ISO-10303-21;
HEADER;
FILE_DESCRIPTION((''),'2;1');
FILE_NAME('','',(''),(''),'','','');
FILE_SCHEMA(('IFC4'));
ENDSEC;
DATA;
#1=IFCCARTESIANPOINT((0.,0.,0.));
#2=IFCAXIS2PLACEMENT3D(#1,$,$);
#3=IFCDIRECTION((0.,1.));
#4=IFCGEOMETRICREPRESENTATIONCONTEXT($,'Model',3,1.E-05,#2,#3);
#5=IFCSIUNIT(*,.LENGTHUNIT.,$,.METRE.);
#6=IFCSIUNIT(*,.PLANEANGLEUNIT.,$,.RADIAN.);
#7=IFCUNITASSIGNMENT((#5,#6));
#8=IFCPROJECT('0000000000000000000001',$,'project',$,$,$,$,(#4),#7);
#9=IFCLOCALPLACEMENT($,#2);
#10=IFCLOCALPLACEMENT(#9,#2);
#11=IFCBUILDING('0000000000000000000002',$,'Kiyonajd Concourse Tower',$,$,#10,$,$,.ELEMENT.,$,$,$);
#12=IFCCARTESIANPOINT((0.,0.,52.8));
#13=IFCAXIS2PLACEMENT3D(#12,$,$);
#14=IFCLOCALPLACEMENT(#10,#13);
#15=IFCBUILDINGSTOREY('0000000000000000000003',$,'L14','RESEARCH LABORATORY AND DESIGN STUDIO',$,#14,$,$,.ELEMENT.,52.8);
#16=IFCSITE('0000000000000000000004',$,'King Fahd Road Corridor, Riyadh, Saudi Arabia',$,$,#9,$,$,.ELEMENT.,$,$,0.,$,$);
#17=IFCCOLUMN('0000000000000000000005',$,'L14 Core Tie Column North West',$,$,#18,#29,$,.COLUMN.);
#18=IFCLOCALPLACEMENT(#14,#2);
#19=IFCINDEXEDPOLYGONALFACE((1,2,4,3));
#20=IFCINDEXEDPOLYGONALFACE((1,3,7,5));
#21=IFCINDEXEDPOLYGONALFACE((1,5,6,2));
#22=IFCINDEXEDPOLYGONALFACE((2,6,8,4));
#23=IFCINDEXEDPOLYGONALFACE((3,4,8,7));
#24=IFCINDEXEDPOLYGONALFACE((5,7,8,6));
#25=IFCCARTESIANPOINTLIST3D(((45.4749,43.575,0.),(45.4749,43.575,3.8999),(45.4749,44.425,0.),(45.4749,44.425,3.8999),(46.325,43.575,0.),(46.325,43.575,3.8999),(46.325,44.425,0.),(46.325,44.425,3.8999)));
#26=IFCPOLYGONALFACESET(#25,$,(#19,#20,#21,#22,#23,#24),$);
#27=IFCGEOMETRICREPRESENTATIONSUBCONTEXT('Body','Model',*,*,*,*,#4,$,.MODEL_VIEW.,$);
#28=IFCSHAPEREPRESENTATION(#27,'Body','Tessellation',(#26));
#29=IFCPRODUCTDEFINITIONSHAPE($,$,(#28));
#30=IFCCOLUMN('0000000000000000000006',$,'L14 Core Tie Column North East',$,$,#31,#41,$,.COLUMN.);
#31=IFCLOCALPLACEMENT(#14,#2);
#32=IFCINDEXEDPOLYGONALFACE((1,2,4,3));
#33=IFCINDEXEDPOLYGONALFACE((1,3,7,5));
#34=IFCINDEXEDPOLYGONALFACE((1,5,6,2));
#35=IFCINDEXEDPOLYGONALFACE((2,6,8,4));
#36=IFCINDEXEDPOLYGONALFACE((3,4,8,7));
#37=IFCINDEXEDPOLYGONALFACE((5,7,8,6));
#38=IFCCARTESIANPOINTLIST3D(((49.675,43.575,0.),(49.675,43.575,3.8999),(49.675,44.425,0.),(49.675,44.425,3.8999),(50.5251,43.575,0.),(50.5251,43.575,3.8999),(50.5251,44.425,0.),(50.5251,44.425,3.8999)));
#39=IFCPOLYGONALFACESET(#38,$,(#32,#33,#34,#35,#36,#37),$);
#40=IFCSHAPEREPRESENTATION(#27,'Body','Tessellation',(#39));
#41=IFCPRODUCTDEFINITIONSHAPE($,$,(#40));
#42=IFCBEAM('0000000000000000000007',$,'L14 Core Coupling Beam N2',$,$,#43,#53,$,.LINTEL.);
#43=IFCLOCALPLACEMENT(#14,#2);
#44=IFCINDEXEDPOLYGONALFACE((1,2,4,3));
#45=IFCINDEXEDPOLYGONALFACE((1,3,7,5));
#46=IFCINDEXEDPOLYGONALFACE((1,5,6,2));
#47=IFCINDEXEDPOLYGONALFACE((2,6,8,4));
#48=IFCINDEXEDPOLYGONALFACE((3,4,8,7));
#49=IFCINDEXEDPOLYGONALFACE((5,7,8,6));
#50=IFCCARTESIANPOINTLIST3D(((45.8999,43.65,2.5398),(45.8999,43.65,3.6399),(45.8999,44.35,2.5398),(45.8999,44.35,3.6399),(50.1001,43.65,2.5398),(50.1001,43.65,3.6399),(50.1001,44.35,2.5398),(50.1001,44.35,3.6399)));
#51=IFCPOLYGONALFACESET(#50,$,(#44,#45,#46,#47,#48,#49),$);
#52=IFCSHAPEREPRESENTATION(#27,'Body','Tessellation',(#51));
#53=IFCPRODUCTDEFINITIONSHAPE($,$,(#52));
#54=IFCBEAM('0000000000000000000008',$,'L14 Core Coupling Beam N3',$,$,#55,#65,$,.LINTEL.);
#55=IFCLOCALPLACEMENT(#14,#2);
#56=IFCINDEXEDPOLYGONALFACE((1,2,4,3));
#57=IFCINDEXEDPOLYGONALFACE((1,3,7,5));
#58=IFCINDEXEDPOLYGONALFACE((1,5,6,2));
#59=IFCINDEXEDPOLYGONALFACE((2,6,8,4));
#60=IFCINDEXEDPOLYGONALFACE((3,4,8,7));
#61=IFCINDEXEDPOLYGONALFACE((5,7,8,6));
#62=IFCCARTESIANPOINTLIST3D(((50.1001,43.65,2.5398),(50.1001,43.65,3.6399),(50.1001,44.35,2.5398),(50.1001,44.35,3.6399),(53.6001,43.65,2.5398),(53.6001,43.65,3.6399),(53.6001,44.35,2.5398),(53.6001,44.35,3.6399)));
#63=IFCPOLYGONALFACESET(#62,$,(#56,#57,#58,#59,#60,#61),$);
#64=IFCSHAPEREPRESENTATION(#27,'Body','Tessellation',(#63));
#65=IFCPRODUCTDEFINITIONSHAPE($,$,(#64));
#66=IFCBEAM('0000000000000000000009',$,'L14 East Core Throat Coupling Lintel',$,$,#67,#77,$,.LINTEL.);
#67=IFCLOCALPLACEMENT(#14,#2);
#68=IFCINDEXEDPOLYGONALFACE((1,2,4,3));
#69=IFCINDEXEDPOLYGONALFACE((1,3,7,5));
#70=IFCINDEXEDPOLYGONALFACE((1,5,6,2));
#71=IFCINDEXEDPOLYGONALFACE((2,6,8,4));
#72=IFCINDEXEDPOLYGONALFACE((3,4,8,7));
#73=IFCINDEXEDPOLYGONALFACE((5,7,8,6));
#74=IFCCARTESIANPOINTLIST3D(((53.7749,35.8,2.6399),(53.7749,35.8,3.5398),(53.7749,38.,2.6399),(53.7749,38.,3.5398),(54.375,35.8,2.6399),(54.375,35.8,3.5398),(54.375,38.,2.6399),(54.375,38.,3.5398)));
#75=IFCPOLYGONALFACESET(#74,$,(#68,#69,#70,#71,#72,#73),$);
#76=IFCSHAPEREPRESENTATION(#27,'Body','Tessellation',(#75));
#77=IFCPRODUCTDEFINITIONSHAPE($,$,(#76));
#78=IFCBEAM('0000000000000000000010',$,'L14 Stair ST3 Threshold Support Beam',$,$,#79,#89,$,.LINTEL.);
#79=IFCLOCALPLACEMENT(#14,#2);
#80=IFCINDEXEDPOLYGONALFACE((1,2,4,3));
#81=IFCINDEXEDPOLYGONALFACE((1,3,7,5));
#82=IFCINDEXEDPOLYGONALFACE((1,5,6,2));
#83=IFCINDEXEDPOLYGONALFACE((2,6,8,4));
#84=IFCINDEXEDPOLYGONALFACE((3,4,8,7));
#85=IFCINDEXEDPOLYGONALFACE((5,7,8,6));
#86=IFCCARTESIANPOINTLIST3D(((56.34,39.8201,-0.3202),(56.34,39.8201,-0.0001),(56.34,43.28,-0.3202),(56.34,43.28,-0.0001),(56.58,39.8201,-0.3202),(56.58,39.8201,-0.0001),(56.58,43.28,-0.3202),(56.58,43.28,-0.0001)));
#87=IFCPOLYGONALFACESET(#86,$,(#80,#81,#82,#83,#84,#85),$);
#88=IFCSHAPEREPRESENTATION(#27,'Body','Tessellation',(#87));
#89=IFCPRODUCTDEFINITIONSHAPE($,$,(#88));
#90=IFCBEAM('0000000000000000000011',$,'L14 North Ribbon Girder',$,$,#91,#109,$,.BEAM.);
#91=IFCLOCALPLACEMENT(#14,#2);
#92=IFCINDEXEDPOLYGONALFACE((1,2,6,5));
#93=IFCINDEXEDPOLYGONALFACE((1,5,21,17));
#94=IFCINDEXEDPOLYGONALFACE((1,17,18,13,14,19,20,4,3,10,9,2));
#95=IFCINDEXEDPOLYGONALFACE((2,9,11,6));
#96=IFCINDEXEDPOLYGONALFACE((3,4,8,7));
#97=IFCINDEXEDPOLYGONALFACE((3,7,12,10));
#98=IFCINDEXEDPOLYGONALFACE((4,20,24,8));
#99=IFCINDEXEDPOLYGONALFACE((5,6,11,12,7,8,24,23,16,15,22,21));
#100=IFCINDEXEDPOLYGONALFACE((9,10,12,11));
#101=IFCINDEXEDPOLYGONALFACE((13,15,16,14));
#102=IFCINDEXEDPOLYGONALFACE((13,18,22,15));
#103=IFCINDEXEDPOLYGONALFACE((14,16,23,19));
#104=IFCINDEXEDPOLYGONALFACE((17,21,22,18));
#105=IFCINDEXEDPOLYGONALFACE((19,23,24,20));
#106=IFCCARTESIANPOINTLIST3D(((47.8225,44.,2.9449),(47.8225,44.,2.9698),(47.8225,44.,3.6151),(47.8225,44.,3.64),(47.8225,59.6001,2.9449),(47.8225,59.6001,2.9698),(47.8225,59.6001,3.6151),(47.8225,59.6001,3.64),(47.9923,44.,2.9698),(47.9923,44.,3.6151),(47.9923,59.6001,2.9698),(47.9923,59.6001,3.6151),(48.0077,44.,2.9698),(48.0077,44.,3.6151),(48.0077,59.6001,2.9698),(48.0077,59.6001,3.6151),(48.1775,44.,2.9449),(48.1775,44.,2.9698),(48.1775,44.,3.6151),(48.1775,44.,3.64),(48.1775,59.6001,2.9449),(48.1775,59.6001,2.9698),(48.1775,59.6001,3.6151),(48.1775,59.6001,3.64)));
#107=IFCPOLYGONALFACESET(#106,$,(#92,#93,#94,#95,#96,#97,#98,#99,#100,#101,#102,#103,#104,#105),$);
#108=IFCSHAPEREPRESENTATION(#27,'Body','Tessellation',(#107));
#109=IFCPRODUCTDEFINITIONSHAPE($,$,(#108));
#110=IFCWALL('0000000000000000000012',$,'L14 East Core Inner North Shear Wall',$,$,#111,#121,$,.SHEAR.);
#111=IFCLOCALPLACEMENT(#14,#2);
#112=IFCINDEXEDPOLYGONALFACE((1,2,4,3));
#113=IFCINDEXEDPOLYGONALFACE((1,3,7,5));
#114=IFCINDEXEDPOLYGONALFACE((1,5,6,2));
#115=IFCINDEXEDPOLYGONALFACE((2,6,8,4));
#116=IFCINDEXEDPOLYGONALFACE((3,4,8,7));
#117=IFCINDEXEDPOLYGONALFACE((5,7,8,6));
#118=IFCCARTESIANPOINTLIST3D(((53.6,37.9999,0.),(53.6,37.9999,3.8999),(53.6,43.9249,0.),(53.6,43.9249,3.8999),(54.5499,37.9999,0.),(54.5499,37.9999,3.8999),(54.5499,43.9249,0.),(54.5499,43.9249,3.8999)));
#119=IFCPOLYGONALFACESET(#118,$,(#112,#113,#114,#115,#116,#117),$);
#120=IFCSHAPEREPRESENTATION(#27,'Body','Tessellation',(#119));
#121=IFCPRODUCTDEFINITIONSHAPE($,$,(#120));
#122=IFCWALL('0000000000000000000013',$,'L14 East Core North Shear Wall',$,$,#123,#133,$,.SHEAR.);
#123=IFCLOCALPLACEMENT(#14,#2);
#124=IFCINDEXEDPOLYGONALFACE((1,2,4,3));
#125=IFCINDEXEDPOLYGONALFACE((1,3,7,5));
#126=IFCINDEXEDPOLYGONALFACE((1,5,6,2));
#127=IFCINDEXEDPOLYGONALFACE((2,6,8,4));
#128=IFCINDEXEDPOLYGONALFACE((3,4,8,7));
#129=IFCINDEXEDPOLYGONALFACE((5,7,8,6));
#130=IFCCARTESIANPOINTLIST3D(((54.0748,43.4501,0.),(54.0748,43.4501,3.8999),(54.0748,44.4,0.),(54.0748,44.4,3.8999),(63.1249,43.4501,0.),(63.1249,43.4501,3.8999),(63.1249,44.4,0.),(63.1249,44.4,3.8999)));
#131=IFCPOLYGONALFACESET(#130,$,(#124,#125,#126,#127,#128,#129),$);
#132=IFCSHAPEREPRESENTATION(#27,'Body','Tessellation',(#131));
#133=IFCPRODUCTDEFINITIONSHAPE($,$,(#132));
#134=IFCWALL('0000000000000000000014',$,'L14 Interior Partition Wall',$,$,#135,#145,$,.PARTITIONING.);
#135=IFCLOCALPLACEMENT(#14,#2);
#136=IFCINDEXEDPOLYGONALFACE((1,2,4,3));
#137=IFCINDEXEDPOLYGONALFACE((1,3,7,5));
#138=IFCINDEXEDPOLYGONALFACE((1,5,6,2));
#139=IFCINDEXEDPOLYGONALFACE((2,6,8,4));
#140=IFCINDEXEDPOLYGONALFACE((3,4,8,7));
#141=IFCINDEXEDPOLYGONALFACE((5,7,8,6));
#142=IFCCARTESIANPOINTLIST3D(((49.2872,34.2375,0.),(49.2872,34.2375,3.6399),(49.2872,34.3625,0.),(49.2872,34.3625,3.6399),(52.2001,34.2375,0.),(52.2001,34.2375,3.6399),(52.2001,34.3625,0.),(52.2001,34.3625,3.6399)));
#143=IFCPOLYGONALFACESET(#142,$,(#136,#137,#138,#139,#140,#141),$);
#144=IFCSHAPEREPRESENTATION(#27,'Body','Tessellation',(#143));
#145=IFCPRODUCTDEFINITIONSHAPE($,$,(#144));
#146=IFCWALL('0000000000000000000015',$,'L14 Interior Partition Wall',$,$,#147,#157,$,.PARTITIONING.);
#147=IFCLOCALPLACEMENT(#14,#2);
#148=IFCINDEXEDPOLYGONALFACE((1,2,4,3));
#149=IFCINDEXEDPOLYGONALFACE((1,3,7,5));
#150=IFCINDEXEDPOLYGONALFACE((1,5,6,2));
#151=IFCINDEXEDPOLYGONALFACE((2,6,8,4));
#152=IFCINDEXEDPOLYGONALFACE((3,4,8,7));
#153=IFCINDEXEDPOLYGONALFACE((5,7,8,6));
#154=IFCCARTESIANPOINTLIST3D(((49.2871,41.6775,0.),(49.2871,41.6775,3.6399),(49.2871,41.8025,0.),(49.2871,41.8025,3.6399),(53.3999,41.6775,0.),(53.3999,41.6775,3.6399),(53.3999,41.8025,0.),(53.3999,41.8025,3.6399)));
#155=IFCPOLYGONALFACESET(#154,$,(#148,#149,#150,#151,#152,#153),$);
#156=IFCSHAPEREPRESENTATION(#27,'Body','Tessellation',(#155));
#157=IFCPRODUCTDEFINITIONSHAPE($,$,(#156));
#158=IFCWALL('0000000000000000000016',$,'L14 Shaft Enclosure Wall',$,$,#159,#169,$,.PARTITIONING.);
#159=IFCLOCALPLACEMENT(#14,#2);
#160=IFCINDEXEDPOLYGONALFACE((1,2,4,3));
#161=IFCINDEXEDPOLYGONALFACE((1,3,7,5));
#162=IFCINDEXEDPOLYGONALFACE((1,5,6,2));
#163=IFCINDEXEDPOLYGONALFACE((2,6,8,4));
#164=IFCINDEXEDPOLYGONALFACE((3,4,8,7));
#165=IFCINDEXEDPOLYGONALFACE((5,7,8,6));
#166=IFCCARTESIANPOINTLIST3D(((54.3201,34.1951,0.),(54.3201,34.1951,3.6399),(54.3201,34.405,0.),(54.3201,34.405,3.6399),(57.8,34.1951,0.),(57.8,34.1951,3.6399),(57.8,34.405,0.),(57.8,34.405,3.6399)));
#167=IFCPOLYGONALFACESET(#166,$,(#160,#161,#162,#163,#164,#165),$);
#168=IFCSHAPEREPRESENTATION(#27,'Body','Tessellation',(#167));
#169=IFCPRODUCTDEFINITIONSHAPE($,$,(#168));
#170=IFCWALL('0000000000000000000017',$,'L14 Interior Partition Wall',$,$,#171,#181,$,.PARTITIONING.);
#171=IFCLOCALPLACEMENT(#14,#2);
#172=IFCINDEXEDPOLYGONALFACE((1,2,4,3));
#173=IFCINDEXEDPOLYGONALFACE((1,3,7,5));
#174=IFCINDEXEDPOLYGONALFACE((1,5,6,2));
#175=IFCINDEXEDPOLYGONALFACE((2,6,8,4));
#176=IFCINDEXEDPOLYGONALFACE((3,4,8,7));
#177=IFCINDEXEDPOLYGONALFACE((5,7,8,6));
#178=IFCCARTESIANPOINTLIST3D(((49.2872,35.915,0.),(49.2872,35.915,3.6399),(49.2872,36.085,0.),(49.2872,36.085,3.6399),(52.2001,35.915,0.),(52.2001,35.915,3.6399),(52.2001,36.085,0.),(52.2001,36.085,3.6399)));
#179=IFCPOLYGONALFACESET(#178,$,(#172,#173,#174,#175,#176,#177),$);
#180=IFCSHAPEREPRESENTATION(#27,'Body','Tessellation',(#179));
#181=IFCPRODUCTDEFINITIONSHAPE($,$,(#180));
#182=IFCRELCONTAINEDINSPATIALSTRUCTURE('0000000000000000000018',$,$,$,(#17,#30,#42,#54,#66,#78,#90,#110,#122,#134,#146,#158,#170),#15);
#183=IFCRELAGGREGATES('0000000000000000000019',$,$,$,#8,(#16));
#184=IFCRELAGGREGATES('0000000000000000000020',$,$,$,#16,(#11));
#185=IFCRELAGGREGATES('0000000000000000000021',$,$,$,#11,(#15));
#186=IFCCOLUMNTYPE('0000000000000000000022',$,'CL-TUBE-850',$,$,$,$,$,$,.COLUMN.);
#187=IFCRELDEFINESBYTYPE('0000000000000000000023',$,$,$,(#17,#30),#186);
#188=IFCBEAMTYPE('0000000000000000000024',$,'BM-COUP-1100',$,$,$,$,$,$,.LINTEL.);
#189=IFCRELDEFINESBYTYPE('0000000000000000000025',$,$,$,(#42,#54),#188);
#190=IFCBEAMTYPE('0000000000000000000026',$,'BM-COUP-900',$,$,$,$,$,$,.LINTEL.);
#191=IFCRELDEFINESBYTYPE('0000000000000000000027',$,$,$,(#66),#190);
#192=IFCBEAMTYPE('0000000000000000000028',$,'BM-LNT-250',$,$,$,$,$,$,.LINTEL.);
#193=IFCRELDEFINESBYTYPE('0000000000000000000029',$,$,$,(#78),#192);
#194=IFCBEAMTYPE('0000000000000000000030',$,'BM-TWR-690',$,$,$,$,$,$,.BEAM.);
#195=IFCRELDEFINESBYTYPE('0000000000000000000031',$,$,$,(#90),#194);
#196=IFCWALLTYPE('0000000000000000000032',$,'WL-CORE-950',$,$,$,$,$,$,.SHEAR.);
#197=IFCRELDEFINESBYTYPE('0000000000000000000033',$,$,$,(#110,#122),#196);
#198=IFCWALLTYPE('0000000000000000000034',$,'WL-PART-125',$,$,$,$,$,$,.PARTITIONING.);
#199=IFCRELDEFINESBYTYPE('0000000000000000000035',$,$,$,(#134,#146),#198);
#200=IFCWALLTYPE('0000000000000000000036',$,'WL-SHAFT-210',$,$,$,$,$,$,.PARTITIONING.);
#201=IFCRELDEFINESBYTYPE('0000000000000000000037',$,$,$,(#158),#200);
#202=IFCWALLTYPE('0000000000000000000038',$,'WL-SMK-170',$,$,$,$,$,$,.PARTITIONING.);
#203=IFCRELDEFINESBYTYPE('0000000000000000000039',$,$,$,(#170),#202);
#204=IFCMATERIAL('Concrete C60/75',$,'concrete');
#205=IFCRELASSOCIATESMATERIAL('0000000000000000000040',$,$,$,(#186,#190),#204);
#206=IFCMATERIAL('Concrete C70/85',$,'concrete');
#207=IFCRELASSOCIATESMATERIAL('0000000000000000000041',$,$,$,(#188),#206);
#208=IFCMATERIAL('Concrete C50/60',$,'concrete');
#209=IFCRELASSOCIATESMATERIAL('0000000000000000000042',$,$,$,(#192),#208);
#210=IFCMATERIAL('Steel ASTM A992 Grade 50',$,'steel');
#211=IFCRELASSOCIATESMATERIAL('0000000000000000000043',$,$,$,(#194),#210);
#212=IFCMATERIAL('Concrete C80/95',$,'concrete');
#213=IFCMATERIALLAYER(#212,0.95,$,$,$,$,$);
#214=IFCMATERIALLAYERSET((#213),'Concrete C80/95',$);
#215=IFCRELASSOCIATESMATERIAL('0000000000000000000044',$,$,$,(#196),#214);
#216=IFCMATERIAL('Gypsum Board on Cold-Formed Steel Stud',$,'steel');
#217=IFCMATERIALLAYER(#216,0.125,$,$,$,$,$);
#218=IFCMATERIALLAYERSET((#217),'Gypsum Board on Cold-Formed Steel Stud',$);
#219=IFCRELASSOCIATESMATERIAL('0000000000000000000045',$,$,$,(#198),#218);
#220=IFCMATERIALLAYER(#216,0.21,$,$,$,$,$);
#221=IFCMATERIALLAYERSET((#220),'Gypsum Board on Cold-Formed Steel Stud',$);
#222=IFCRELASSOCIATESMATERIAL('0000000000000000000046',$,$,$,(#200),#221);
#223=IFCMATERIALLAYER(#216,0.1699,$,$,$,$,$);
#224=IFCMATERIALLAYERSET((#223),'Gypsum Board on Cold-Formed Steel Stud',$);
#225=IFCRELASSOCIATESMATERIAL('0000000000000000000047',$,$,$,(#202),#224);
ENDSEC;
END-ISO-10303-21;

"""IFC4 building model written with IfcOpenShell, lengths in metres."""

from ifc_helpers import new_model, si_unit, direction, frame, frame_2d, origin, origin_2d, place, context, subcontext, project, spatial, rectangle, i_section, extrude, material, layer, layer_set, material_profile, profile_set, type_object, element, save


model = new_model("IFC4")

# Units and contexts
model_context = context("Model", 3, precision=1e-05, world=origin(), true_north=direction((0.0, 1.0)))
body_context = subcontext(model_context, "Body", "Model", "MODEL_VIEW")
ifc_project = project(units=[si_unit("LENGTHUNIT", "METRE"), si_unit("PLANEANGLEUNIT", "RADIAN")], contexts=[model_context])

# Site, building, storey
site_placement = place(None, origin())
site = spatial("IfcSite", under=ifc_project, at=site_placement, Name="King Fahd Road Corridor, Riyadh, Saudi Arabia", CompositionType="ELEMENT", RefElevation=0.0)
building_placement = place(site_placement, origin())
building = spatial("IfcBuilding", under=site, at=building_placement, Name="Kiyonajd Concourse Tower", CompositionType="ELEMENT")
storey_placement = place(building_placement, frame((0.0, 0.0, 52.8)))
storey = spatial("IfcBuildingStorey", under=building, at=storey_placement, Name="L14", Description="RESEARCH LABORATORY AND DESIGN STUDIO", CompositionType="ELEMENT", Elevation=52.8)

# Columns
ifc_material_1 = material(Name="Concrete C60/75", Category="concrete")
ifc_material_profile_1 = material_profile(ifc_material_1, rectangle(XDim=0.8501, YDim=0.8501, at=origin_2d()), Name="RC-850x850")
ifc_profile_set_1 = profile_set([ifc_material_profile_1], Name="Concrete C60/75")
column_type = type_object("IfcColumnType", Name="CL-TUBE-850", PredefinedType="COLUMN", material=ifc_profile_set_1)
for number, where, z_axis, x_axis, name in (
    (1, (45.8999, 44.0, 0.0), (0.0, 0.0, 1.0), (1.0, 0.0, 0.0), "L14 Core Tie Column North West"),
    (2, (50.1001, 44.0, 0.0), (0.0, 0.0, 1.0), (1.0, 0.0, 0.0), "L14 Core Tie Column North East"),
):
    element("IfcColumn", number, at=place(storey_placement, frame(where, z_axis=z_axis, x_axis=x_axis)), inside=storey, type_object=column_type, Name=name, PredefinedType="COLUMN", context=body_context, shape_type="SweptSolid", body=[
        extrude(rectangle(XDim=0.8501, YDim=0.8501, at=origin_2d()), origin(), (0.0, 0.0, 1.0), 3.8999),
    ])

# Beams
ifc_material_2 = material(Name="Concrete C70/85", Category="concrete")
ifc_material_profile_2 = material_profile(ifc_material_2, rectangle(XDim=0.7, YDim=1.1001, at=origin_2d()), Name="RCBM-700x1100")
ifc_profile_set_2 = profile_set([ifc_material_profile_2], Name="Concrete C70/85")
beam_type_1 = type_object("IfcBeamType", Name="BM-COUP-1100", PredefinedType="LINTEL", material=ifc_profile_set_2)
beam_1_placement = place(storey_placement, frame((45.8999, 44.0, 3.0898), z_axis=(1.0, 0.0, 0.0), x_axis=(0.0, 1.0, 0.0)))
element("IfcBeam", 3, at=beam_1_placement, inside=storey, type_object=beam_type_1, Name="L14 Core Coupling Beam N2", PredefinedType="LINTEL", context=body_context, shape_type="SweptSolid", body=[
    extrude(rectangle(XDim=0.7, YDim=1.1001, at=origin_2d()), origin(), (0.0, 0.0, 1.0), 4.2002),
])
beam_2_placement = place(storey_placement, frame((50.1001, 44.0, 3.0898), z_axis=(1.0, 0.0, 0.0), x_axis=(0.0, 1.0, 0.0)))
element("IfcBeam", 4, at=beam_2_placement, inside=storey, type_object=beam_type_1, Name="L14 Core Coupling Beam N3", PredefinedType="LINTEL", context=body_context, shape_type="SweptSolid", body=[
    extrude(rectangle(XDim=0.7, YDim=1.1001, at=origin_2d()), origin(), (0.0, 0.0, 1.0), 3.5),
])
ifc_material_profile_3 = material_profile(ifc_material_1, rectangle(XDim=0.6001, YDim=0.8999, at=origin_2d()), Name="RCBM-600x900")
ifc_profile_set_3 = profile_set([ifc_material_profile_3], Name="Concrete C60/75")
beam_type_2 = type_object("IfcBeamType", Name="BM-COUP-900", PredefinedType="LINTEL", material=ifc_profile_set_3)
beam_3_placement = place(storey_placement, frame((54.075, 35.8, 3.0898), z_axis=(0.0, 1.0, 0.0), x_axis=(-1.0, 0.0, 0.0)))
element("IfcBeam", 5, at=beam_3_placement, inside=storey, type_object=beam_type_2, Name="L14 East Core Throat Coupling Lintel", PredefinedType="LINTEL", context=body_context, shape_type="SweptSolid", body=[
    extrude(rectangle(XDim=0.6001, YDim=0.8999, at=origin_2d()), origin(), (0.0, 0.0, 1.0), 2.2),
])
ifc_material_3 = material(Name="Concrete C50/60", Category="concrete")
ifc_material_profile_4 = material_profile(ifc_material_3, rectangle(XDim=0.24, YDim=0.3201, at=origin_2d()), Name="RCBM-240x320")
ifc_profile_set_4 = profile_set([ifc_material_profile_4], Name="Concrete C50/60")
beam_type_3 = type_object("IfcBeamType", Name="BM-LNT-250", PredefinedType="LINTEL", material=ifc_profile_set_4)
beam_4_placement = place(storey_placement, frame((56.46, 39.8201, -0.1602), z_axis=(0.0, 1.0, 0.0), x_axis=(-1.0, 0.0, 0.0)))
element("IfcBeam", 6, at=beam_4_placement, inside=storey, type_object=beam_type_3, Name="L14 Stair ST3 Threshold Support Beam", PredefinedType="LINTEL", context=body_context, shape_type="SweptSolid", body=[
    extrude(rectangle(XDim=0.24, YDim=0.3201, at=origin_2d()), origin(), (0.0, 0.0, 1.0), 3.46),
])
ifc_material_4 = material(Name="Steel ASTM A992 Grade 50", Category="steel")
ifc_material_profile_5 = material_profile(ifc_material_4, i_section(OverallWidth=0.355, OverallDepth=0.6951, WebThickness=0.0154, FlangeThickness=0.0249, at=origin_2d()), Name="W690X217")
ifc_profile_set_5 = profile_set([ifc_material_profile_5], Name="Steel ASTM A992 Grade 50")
beam_type_4 = type_object("IfcBeamType", Name="BM-TWR-690", PredefinedType="BEAM", material=ifc_profile_set_5)
beam_5_placement = place(storey_placement, frame((48.0, 44.0, 3.2925), z_axis=(0.0, 1.0, 0.0), x_axis=(-1.0, 0.0, 0.0)))
element("IfcBeam", 7, at=beam_5_placement, inside=storey, type_object=beam_type_4, Name="L14 North Ribbon Girder", PredefinedType="BEAM", context=body_context, shape_type="SweptSolid", body=[
    extrude(i_section(OverallWidth=0.355, OverallDepth=0.6951, WebThickness=0.0154, FlangeThickness=0.0249, at=origin_2d()), origin(), (0.0, 0.0, 1.0), 15.6001),
])

# Walls
ifc_material_5 = material(Name="Concrete C80/95", Category="concrete")
ifc_layer_1 = layer(ifc_material_5, 0.95)
ifc_layer_set_1 = layer_set([ifc_layer_1], Name="Concrete C80/95")
wall_type_1 = type_object("IfcWallType", Name="WL-CORE-950", PredefinedType="SHEAR", material=ifc_layer_set_1)
wall_1_placement = place(storey_placement, frame((54.075, 38.0, 0.0), z_axis=(0.0, 0.0, 1.0), x_axis=(0.0, 1.0, 0.0)))
element("IfcWall", 8, at=wall_1_placement, inside=storey, type_object=wall_type_1, Name="L14 East Core Inner North Shear Wall", PredefinedType="SHEAR", context=body_context, shape_type="SweptSolid", body=[
    extrude(rectangle(XDim=5.925, YDim=0.95, at=frame_2d((2.9624, 0.0))), origin(), (0.0, 0.0, 1.0), 3.8999),
])
wall_2_placement = place(storey_placement, frame((54.075, 43.925, 0.0), z_axis=(0.0, 0.0, 1.0), x_axis=(1.0, 0.0, 0.0)))
element("IfcWall", 9, at=wall_2_placement, inside=storey, type_object=wall_type_1, Name="L14 East Core North Shear Wall", PredefinedType="SHEAR", context=body_context, shape_type="SweptSolid", body=[
    extrude(rectangle(XDim=9.05, YDim=0.95, at=frame_2d((4.5249, 0.0))), origin(), (0.0, 0.0, 1.0), 3.8999),
])
ifc_material_6 = material(Name="Gypsum Board on Cold-Formed Steel Stud", Category="steel")
ifc_layer_2 = layer(ifc_material_6, 0.125)
ifc_layer_set_2 = layer_set([ifc_layer_2], Name="Gypsum Board on Cold-Formed Steel Stud")
wall_type_2 = type_object("IfcWallType", Name="WL-PART-125", PredefinedType="PARTITIONING", material=ifc_layer_set_2)
wall_3_placement = place(storey_placement, frame((49.2871, 34.3, 0.0), z_axis=(0.0, 0.0, 1.0), x_axis=(1.0, 0.0, 0.0)))
element("IfcWall", 10, at=wall_3_placement, inside=storey, type_object=wall_type_2, Name="L14 Interior Partition Wall", PredefinedType="PARTITIONING", context=body_context, shape_type="SweptSolid", body=[
    extrude(rectangle(XDim=2.9128, YDim=0.125, at=frame_2d((1.4565, 0.0))), origin(), (0.0, 0.0, 1.0), 3.6399),
])
wall_4_placement = place(storey_placement, frame((49.2871, 41.74, 0.0), z_axis=(0.0, 0.0, 1.0), x_axis=(1.0, 0.0, 0.0)))
element("IfcWall", 11, at=wall_4_placement, inside=storey, type_object=wall_type_2, Name="L14 Interior Partition Wall", PredefinedType="PARTITIONING", context=body_context, shape_type="SweptSolid", body=[
    extrude(rectangle(XDim=4.1128, YDim=0.125, at=frame_2d((2.0564, 0.0))), origin(), (0.0, 0.0, 1.0), 3.6399),
])
ifc_layer_3 = layer(ifc_material_6, 0.21)
ifc_layer_set_3 = layer_set([ifc_layer_3], Name="Gypsum Board on Cold-Formed Steel Stud")
wall_type_3 = type_object("IfcWallType", Name="WL-SHAFT-210", PredefinedType="PARTITIONING", material=ifc_layer_set_3)
wall_5_placement = place(storey_placement, frame((54.3201, 34.3, 0.0), z_axis=(0.0, 0.0, 1.0), x_axis=(1.0, 0.0, 0.0)))
element("IfcWall", 12, at=wall_5_placement, inside=storey, type_object=wall_type_3, Name="L14 Shaft Enclosure Wall", PredefinedType="PARTITIONING", context=body_context, shape_type="SweptSolid", body=[
    extrude(rectangle(XDim=3.48, YDim=0.21, at=frame_2d((1.74, 0.0))), origin(), (0.0, 0.0, 1.0), 3.6399),
])
ifc_layer_4 = layer(ifc_material_6, 0.1699)
ifc_layer_set_4 = layer_set([ifc_layer_4], Name="Gypsum Board on Cold-Formed Steel Stud")
wall_type_4 = type_object("IfcWallType", Name="WL-SMK-170", PredefinedType="PARTITIONING", material=ifc_layer_set_4)
wall_6_placement = place(storey_placement, frame((49.2871, 36.0, 0.0), z_axis=(0.0, 0.0, 1.0), x_axis=(1.0, 0.0, 0.0)))
element("IfcWall", 13, at=wall_6_placement, inside=storey, type_object=wall_type_4, Name="L14 Interior Partition Wall", PredefinedType="PARTITIONING", context=body_context, shape_type="SweptSolid", body=[
    extrude(rectangle(XDim=2.9128, YDim=0.1699, at=frame_2d((1.4565, 0.0))), origin(), (0.0, 0.0, 1.0), 3.6399),
])

save(model, "model.ifc")
